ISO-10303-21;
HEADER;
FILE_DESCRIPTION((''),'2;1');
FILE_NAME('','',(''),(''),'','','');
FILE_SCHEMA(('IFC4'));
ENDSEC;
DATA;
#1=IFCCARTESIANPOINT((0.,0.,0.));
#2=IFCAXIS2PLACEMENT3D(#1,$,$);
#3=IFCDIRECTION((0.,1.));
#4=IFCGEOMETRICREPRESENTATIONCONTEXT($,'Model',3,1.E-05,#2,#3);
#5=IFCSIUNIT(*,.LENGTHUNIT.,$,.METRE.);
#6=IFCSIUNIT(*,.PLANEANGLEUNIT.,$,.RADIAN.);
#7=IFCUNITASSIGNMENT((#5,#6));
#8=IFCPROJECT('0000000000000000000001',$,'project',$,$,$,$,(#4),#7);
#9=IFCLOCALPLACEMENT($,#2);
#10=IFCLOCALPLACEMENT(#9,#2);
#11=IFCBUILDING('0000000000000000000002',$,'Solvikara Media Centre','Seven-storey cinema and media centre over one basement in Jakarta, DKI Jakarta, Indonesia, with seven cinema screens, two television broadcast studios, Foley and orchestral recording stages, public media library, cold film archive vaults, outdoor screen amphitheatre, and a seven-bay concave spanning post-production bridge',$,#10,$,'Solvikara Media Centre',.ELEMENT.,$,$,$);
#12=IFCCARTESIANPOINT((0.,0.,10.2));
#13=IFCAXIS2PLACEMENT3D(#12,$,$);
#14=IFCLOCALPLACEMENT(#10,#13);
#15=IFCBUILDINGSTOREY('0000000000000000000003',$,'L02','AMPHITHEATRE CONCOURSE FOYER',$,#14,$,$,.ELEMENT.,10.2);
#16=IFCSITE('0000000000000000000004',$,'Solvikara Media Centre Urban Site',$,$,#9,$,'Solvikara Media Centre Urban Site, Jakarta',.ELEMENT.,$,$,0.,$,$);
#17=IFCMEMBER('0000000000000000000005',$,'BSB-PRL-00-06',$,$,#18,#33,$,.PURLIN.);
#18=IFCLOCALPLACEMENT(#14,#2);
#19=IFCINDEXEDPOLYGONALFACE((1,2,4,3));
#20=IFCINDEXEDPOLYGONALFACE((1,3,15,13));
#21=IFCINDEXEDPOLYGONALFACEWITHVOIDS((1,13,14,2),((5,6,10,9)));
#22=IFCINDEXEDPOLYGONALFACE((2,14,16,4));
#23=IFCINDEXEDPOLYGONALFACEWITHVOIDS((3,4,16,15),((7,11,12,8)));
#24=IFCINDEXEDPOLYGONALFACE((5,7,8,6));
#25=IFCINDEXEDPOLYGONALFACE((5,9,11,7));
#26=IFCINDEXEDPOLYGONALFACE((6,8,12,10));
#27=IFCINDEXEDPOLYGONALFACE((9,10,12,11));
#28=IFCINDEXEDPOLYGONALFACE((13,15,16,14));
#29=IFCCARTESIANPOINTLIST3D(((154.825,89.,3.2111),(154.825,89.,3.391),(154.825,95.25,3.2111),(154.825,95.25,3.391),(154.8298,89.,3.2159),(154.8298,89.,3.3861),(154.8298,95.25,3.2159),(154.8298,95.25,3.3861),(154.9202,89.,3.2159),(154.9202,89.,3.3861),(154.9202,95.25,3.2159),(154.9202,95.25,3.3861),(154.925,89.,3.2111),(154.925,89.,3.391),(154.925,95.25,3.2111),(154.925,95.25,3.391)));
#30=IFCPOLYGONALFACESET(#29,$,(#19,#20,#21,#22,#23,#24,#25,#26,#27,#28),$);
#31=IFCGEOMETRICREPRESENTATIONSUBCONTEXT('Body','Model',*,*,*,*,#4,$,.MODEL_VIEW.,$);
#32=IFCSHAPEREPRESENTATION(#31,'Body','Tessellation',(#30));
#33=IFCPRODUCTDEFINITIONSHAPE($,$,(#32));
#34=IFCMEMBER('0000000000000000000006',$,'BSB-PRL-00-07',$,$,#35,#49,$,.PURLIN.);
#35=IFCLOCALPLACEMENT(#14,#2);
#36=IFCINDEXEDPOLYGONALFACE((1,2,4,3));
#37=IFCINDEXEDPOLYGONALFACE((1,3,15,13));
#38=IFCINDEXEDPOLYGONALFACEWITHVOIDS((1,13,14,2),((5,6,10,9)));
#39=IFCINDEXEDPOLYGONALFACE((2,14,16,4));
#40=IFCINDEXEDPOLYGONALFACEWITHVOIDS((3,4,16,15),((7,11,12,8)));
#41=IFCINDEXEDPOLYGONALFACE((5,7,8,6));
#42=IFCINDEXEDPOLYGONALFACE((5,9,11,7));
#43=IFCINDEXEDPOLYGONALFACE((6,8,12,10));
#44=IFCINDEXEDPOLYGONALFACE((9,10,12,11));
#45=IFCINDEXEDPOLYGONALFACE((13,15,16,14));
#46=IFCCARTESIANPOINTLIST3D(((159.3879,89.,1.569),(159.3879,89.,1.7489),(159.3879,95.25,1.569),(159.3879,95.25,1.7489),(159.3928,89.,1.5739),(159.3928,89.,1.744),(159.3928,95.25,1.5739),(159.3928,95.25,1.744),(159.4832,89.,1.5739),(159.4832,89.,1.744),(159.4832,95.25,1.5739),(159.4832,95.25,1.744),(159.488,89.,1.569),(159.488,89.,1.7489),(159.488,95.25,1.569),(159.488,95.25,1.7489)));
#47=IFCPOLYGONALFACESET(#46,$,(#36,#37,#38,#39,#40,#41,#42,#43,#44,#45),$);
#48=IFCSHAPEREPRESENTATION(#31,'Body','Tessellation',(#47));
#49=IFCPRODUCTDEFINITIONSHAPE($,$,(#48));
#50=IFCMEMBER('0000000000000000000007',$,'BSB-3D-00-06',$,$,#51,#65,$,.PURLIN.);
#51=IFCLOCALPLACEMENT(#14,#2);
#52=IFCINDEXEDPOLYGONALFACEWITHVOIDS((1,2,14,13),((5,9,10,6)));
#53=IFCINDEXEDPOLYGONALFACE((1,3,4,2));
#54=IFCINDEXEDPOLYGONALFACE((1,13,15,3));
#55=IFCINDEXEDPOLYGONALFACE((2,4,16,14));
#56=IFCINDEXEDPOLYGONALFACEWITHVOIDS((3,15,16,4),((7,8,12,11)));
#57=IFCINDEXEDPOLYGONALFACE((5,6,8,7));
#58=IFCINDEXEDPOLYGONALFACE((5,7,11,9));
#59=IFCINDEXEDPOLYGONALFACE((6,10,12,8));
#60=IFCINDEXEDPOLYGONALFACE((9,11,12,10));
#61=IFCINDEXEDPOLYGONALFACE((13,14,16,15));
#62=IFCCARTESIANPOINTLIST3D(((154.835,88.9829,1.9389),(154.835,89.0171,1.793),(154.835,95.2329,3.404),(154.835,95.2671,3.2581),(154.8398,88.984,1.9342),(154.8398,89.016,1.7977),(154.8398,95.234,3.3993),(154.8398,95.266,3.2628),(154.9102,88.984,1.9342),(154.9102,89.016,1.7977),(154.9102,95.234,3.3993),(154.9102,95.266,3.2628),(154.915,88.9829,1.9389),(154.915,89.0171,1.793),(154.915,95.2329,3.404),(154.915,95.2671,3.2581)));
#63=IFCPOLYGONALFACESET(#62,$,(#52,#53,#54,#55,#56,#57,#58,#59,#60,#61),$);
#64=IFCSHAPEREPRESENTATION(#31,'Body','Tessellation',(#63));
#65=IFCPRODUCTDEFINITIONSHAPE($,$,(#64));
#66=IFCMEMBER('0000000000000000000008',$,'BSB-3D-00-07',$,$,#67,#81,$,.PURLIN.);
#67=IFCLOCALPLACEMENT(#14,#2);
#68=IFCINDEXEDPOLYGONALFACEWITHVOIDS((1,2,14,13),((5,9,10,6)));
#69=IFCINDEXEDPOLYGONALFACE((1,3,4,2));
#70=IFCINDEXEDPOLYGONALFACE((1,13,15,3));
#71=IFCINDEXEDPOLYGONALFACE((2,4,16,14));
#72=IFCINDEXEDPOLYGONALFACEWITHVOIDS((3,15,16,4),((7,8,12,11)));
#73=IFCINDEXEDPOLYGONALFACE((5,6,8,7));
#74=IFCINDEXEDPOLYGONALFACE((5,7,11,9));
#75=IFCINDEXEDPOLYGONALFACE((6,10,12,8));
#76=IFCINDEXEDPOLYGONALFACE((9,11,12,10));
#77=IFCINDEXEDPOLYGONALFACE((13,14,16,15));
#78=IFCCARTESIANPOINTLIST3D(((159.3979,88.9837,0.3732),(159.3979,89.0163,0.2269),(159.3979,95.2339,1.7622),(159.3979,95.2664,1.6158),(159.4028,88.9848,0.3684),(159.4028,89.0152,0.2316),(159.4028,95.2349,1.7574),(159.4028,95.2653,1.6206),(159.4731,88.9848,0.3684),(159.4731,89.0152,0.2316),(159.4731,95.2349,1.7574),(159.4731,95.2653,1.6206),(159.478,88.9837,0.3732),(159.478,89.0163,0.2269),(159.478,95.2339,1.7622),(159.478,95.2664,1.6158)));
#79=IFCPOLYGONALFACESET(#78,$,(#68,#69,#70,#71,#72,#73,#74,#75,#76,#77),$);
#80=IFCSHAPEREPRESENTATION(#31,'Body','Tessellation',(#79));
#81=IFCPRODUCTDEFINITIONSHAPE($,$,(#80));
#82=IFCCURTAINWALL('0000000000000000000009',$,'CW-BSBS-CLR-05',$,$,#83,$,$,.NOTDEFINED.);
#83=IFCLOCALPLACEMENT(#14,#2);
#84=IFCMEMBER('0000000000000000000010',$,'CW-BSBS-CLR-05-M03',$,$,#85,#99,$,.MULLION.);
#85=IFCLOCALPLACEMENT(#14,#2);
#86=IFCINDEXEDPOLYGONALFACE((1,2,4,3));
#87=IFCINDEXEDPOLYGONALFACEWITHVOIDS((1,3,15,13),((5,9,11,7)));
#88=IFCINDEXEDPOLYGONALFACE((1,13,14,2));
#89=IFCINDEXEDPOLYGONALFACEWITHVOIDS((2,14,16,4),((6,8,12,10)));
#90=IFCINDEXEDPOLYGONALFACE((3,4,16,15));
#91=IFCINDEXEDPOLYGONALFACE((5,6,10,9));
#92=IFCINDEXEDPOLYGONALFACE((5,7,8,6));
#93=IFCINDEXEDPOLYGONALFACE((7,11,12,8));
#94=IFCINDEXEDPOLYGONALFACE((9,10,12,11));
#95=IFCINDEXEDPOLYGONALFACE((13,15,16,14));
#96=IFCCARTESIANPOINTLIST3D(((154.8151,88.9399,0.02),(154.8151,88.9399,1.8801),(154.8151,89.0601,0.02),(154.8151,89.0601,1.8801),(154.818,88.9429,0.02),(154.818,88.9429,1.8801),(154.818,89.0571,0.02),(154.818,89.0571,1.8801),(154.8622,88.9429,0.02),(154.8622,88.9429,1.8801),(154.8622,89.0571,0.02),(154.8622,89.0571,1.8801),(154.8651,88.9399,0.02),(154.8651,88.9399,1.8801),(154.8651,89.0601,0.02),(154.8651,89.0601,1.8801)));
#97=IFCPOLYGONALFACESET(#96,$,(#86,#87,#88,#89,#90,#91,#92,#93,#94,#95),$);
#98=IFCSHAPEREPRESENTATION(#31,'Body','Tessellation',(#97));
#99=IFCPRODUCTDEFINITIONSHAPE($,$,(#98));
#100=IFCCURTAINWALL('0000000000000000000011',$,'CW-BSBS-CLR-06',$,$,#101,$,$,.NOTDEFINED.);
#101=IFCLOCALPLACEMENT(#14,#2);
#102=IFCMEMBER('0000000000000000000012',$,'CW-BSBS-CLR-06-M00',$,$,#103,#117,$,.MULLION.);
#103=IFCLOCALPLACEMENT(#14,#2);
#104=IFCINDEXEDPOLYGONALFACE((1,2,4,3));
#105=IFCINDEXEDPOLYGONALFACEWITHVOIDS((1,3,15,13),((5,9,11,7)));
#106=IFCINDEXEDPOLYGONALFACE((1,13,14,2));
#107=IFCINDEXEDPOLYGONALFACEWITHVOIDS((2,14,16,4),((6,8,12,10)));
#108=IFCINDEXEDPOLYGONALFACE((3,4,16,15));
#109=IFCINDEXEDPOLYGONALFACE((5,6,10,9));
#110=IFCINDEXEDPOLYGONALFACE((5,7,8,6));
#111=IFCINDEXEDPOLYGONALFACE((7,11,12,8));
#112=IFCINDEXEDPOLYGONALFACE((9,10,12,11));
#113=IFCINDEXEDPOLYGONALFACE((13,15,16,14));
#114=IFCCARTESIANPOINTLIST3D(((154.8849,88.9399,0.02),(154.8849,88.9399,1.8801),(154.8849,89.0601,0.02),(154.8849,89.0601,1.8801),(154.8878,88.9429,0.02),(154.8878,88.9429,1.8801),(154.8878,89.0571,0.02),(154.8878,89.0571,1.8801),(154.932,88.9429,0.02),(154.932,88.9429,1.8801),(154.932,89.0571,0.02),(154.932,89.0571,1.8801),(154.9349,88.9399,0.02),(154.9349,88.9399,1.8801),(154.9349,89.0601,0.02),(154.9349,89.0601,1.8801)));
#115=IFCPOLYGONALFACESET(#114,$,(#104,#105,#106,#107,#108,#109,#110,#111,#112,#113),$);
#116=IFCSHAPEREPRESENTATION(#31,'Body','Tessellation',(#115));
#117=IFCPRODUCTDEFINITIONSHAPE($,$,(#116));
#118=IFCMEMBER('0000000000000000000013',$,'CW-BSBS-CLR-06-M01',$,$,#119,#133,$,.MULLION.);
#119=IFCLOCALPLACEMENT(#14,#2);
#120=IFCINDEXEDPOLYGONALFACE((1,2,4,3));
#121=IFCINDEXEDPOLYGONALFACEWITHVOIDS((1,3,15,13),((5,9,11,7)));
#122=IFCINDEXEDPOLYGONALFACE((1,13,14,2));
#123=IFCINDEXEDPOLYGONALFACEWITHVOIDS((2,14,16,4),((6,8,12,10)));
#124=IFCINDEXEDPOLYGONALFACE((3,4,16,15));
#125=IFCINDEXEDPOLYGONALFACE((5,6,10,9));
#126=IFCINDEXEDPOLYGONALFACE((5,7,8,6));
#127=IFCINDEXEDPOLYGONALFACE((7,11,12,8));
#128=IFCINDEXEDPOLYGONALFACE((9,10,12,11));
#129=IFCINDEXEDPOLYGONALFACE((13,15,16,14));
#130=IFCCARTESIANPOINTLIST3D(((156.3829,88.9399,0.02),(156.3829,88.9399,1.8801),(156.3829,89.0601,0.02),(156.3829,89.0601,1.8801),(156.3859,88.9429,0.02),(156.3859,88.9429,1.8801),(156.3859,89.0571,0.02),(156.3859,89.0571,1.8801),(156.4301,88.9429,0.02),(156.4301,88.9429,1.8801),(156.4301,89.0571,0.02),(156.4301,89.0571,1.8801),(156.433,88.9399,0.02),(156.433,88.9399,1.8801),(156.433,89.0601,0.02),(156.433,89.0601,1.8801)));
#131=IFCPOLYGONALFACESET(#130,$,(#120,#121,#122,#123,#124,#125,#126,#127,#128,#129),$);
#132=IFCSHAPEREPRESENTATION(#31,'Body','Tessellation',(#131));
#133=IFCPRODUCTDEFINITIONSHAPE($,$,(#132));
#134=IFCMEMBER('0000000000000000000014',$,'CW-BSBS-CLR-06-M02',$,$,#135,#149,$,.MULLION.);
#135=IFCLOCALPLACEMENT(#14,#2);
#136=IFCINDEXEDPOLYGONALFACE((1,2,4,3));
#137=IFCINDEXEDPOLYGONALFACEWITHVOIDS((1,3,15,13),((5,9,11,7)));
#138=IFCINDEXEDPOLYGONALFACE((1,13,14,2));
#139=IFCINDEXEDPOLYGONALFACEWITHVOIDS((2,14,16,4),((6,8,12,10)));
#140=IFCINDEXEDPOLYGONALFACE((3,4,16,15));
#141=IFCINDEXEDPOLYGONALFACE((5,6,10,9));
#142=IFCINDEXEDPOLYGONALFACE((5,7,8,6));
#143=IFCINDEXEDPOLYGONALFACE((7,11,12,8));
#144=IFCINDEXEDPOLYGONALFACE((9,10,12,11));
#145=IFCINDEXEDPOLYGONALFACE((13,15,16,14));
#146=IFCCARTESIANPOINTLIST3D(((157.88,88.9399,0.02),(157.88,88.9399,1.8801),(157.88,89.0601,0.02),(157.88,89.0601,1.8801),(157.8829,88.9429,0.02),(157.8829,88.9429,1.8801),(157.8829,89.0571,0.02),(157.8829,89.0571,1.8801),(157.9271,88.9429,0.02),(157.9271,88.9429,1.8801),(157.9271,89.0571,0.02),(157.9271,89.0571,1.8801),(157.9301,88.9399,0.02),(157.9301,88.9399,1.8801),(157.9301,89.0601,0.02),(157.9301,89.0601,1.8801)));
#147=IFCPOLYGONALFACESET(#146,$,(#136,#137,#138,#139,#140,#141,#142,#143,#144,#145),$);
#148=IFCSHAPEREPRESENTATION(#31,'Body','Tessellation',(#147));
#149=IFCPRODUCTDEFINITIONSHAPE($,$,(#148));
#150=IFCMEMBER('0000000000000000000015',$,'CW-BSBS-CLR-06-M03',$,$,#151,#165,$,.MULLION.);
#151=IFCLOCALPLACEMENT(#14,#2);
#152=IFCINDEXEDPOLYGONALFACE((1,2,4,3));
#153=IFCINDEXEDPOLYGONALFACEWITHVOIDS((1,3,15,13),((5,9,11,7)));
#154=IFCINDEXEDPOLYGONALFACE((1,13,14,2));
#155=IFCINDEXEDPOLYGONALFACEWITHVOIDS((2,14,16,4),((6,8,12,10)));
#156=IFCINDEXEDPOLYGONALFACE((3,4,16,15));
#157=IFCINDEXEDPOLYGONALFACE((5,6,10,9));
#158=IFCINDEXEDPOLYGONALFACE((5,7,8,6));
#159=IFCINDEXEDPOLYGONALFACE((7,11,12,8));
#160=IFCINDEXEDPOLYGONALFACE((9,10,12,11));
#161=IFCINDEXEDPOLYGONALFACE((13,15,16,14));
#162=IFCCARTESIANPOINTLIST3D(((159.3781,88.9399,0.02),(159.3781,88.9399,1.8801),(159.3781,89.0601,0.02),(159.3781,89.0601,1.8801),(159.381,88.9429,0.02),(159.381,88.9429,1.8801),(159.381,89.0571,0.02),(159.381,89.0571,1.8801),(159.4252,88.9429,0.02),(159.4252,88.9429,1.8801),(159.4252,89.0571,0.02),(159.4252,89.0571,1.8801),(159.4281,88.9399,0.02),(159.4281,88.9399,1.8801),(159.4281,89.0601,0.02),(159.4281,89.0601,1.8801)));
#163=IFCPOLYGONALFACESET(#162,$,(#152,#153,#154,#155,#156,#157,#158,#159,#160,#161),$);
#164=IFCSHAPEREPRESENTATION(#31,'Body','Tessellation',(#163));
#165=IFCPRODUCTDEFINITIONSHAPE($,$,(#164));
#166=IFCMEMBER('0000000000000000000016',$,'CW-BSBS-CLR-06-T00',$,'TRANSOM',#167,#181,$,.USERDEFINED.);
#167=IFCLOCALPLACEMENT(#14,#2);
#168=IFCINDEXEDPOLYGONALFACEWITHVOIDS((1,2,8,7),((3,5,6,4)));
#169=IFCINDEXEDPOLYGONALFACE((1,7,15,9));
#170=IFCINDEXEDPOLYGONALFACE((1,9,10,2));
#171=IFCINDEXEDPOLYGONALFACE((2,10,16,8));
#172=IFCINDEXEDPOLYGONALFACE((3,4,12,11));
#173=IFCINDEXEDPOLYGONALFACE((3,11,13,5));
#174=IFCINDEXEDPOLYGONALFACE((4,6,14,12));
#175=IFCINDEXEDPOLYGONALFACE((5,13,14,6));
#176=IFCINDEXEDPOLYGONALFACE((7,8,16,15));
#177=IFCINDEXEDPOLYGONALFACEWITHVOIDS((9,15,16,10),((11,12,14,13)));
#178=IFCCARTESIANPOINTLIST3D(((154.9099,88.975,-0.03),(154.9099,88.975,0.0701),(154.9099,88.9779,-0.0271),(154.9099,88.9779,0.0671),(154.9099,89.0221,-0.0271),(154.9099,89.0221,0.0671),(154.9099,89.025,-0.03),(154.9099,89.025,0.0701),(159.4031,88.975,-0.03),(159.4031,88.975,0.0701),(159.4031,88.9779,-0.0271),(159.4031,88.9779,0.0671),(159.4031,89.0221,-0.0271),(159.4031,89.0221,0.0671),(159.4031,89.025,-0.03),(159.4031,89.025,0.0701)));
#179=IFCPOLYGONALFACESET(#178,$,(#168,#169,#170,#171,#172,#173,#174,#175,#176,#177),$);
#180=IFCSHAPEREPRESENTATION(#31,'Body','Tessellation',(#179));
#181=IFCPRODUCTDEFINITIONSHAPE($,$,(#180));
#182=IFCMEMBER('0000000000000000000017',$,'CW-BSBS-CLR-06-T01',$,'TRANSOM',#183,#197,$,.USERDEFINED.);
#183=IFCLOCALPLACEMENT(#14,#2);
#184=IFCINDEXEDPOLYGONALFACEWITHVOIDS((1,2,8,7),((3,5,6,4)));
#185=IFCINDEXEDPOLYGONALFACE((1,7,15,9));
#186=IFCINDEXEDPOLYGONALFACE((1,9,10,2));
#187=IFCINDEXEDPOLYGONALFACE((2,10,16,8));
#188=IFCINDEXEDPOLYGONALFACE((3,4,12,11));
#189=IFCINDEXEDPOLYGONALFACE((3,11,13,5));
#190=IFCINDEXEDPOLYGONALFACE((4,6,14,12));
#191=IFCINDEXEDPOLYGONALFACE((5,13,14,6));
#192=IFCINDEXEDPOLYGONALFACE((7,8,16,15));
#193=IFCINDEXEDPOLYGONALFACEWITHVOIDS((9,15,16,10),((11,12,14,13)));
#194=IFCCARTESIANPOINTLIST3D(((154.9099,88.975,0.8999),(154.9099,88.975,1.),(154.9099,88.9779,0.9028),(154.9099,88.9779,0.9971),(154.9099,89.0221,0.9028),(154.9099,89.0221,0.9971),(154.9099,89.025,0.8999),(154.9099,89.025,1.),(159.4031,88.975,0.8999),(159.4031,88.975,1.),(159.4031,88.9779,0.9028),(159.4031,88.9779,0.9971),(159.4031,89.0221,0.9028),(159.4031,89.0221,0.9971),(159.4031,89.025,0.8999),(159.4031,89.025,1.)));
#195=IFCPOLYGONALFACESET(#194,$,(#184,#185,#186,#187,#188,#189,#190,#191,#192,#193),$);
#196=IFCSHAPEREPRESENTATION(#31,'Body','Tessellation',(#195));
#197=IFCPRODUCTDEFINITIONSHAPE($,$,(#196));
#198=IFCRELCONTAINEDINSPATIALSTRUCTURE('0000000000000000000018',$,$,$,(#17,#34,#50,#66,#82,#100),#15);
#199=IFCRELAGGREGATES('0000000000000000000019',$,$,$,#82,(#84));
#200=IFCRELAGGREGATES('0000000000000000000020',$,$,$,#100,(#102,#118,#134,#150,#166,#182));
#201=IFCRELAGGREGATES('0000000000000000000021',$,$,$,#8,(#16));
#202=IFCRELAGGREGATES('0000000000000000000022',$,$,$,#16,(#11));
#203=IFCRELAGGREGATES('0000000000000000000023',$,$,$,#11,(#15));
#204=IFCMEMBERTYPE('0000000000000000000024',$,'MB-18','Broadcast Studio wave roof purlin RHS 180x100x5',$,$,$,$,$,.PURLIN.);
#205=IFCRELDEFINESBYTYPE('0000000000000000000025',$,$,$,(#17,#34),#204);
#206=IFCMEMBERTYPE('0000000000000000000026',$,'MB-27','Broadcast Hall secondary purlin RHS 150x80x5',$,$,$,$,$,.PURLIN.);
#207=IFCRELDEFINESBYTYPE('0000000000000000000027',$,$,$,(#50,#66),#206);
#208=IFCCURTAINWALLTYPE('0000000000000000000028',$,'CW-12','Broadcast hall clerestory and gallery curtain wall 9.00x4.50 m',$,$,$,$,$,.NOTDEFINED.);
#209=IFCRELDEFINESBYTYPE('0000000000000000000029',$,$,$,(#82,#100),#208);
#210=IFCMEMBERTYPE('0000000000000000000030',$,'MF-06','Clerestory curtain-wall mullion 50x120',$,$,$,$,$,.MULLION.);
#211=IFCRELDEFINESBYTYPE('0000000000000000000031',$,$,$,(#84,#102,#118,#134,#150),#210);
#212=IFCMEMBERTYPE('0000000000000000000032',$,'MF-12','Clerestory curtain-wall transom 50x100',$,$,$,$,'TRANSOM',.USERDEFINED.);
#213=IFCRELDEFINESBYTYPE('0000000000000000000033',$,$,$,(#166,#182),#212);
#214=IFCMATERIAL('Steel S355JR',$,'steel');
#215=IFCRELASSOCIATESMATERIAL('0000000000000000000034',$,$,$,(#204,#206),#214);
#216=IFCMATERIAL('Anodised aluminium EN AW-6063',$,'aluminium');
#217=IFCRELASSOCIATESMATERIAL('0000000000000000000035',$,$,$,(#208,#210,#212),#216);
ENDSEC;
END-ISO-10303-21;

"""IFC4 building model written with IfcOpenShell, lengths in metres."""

from ifc_helpers import new_model, si_unit, direction, frame, origin, origin_2d, place, context, subcontext, project, spatial, hollow_rectangle, extrude, material, material_profile, profile_set, type_object, element, aggregate, save


model = new_model("IFC4")

# Units and contexts
model_context = context("Model", 3, precision=1e-05, world=origin(), true_north=direction((0.0, 1.0)))
body_context = subcontext(model_context, "Body", "Model", "MODEL_VIEW")
ifc_project = project(units=[si_unit("LENGTHUNIT", "METRE"), si_unit("PLANEANGLEUNIT", "RADIAN")], contexts=[model_context])

# Site, building, storey
site_placement = place(None, origin())
site = spatial("IfcSite", under=ifc_project, at=site_placement, Name="Solvikara Media Centre Urban Site", LongName="Solvikara Media Centre Urban Site, Jakarta", CompositionType="ELEMENT", RefElevation=0.0)
building_placement = place(site_placement, origin())
building = spatial("IfcBuilding", under=site, at=building_placement, Name="Solvikara Media Centre", Description="Seven-storey cinema and media centre over one basement in Jakarta, DKI Jakarta, Indonesia, with seven cinema screens, two television broadcast studios, Foley and orchestral recording stages, public media library, cold film archive vaults, outdoor screen amphitheatre, and a seven-bay concave spanning post-production bridge", LongName="Solvikara Media Centre", CompositionType="ELEMENT")
storey_placement = place(building_placement, frame((0.0, 0.0, 10.2)))
storey = spatial("IfcBuildingStorey", under=building, at=storey_placement, Name="L02", Description="AMPHITHEATRE CONCOURSE FOYER", CompositionType="ELEMENT", Elevation=10.2)

# Shared definitions
ifc_material_1 = material(Name="Steel S355JR", Category="steel")

# Members
ifc_material_profile_1 = material_profile(ifc_material_1, hollow_rectangle(XDim=0.1001, YDim=0.1799, WallThickness=0.0049, at=origin_2d()), Name="RHS 180x100x5")
ifc_profile_set_1 = profile_set([ifc_material_profile_1], Name="Steel S355JR")
member_type_1 = type_object("IfcMemberType", Name="MB-18", Description="Broadcast Studio wave roof purlin RHS 180x100x5", PredefinedType="PURLIN", material=ifc_profile_set_1)
for number, where, z_axis, x_axis, name in (
    (1, (154.875, 89.0, 3.301), (0.0, 1.0, 0.0), (-1.0, 0.0, 0.0), "BSB-PRL-00-06"),
    (2, (159.438, 89.0, 1.6589), (0.0, 1.0, 0.0), (-1.0, 0.0, 0.0), "BSB-PRL-00-07"),
):
    element("IfcMember", number, at=place(storey_placement, frame(where, z_axis=z_axis, x_axis=x_axis)), inside=storey, type_object=member_type_1, Name=name, PredefinedType="PURLIN", context=body_context, shape_type="SweptSolid", body=[
        extrude(hollow_rectangle(XDim=0.1001, YDim=0.1799, WallThickness=0.0049, at=origin_2d()), origin(), (0.0, 0.0, 1.0), 6.25),
    ])
ifc_material_profile_2 = material_profile(ifc_material_1, hollow_rectangle(XDim=0.0801, YDim=0.1499, WallThickness=0.0049, at=origin_2d()), Name="RHS 150x80x5")
ifc_profile_set_2 = profile_set([ifc_material_profile_2], Name="Steel S355JR")
member_type_2 = type_object("IfcMemberType", Name="MB-27", Description="Broadcast Hall secondary purlin RHS 150x80x5", PredefinedType="PURLIN", material=ifc_profile_set_2)
member_1_placement = place(storey_placement, frame((154.875, 89.0, 1.866), z_axis=(0.0, 0.973608, 0.228227), x_axis=(-1.0, 0.0, 0.0)))
element("IfcMember", 3, at=member_1_placement, inside=storey, type_object=member_type_2, Name="BSB-3D-00-06", PredefinedType="PURLIN", context=body_context, shape_type="SweptSolid", body=[
    extrude(hollow_rectangle(XDim=0.0801, YDim=0.1499, WallThickness=0.0049, at=origin_2d()), origin(), (0.0, 0.0, 1.0), 6.4194),
])
member_2_placement = place(storey_placement, frame((159.438, 89.0, 0.3), z_axis=(0.0, 0.976186, 0.216934), x_axis=(-1.0, 0.0, 0.0)))
element("IfcMember", 4, at=member_2_placement, inside=storey, type_object=member_type_2, Name="BSB-3D-00-07", PredefinedType="PURLIN", context=body_context, shape_type="SweptSolid", body=[
    extrude(hollow_rectangle(XDim=0.0801, YDim=0.1499, WallThickness=0.0049, at=origin_2d()), origin(), (0.0, 0.0, 1.0), 6.4026),
])

# Curtain wall, member
ifc_material_2 = material(Name="Anodised aluminium EN AW-6063", Category="aluminium")
curtain_wall_type = type_object("IfcCurtainWallType", Name="CW-12", Description="Broadcast hall clerestory and gallery curtain wall 9.00x4.50 m", PredefinedType="NOTDEFINED", material=ifc_material_2)
curtain_wall_1_placement = place(storey_placement, origin())
curtain_wall_1 = element("IfcCurtainWall", 5, at=curtain_wall_1_placement, inside=storey, type_object=curtain_wall_type, Name="CW-BSBS-CLR-05", PredefinedType="NOTDEFINED")
ifc_material_profile_3 = material_profile(ifc_material_2, hollow_rectangle(XDim=0.05, YDim=0.1201, WallThickness=0.0029, at=origin_2d()), Name="ALU-M 50x120x3")
ifc_profile_set_3 = profile_set([ifc_material_profile_3], Name="Anodised aluminium EN AW-6063")
member_type_3 = type_object("IfcMemberType", Name="MF-06", Description="Clerestory curtain-wall mullion 50x120", PredefinedType="MULLION", material=ifc_profile_set_3)
member_3_placement = place(storey_placement, frame((154.8401, 89.0, 0.02), z_axis=(0.0, 0.0, 1.0), x_axis=(1.0, 0.0, 0.0)))
member_3 = element("IfcMember", 6, at=member_3_placement, type_object=member_type_3, Name="CW-BSBS-CLR-05-M03", PredefinedType="MULLION", context=body_context, shape_type="SweptSolid", body=[
    extrude(hollow_rectangle(XDim=0.05, YDim=0.1201, WallThickness=0.0029, at=origin_2d()), origin(), (0.0, 0.0, 1.0), 1.8601),
])
aggregate(curtain_wall_1, [member_3])

# Curtain wall, members
curtain_wall_2_placement = place(storey_placement, origin())
curtain_wall_2 = element("IfcCurtainWall", 7, at=curtain_wall_2_placement, inside=storey, type_object=curtain_wall_type, Name="CW-BSBS-CLR-06", PredefinedType="NOTDEFINED")
member_4_placement = place(storey_placement, frame((154.9099, 89.0, 0.02), z_axis=(0.0, 0.0, 1.0), x_axis=(1.0, 0.0, 0.0)))
member_4 = element("IfcMember", 8, at=member_4_placement, type_object=member_type_3, Name="CW-BSBS-CLR-06-M00", PredefinedType="MULLION", context=body_context, shape_type="SweptSolid", body=[
    extrude(hollow_rectangle(XDim=0.05, YDim=0.1201, WallThickness=0.0029, at=origin_2d()), origin(), (0.0, 0.0, 1.0), 1.8601),
])
member_5_placement = place(storey_placement, frame((156.408, 89.0, 0.02), z_axis=(0.0, 0.0, 1.0), x_axis=(1.0, 0.0, 0.0)))
member_5 = element("IfcMember", 9, at=member_5_placement, type_object=member_type_3, Name="CW-BSBS-CLR-06-M01", PredefinedType="MULLION", context=body_context, shape_type="SweptSolid", body=[
    extrude(hollow_rectangle(XDim=0.05, YDim=0.1201, WallThickness=0.0029, at=origin_2d()), origin(), (0.0, 0.0, 1.0), 1.8601),
])
member_6_placement = place(storey_placement, frame((157.905, 89.0, 0.02), z_axis=(0.0, 0.0, 1.0), x_axis=(1.0, 0.0, 0.0)))
member_6 = element("IfcMember", 10, at=member_6_placement, type_object=member_type_3, Name="CW-BSBS-CLR-06-M02", PredefinedType="MULLION", context=body_context, shape_type="SweptSolid", body=[
    extrude(hollow_rectangle(XDim=0.05, YDim=0.1201, WallThickness=0.0029, at=origin_2d()), origin(), (0.0, 0.0, 1.0), 1.8601),
])
member_7_placement = place(storey_placement, frame((159.4031, 89.0, 0.02), z_axis=(0.0, 0.0, 1.0), x_axis=(1.0, 0.0, 0.0)))
member_7 = element("IfcMember", 11, at=member_7_placement, type_object=member_type_3, Name="CW-BSBS-CLR-06-M03", PredefinedType="MULLION", context=body_context, shape_type="SweptSolid", body=[
    extrude(hollow_rectangle(XDim=0.05, YDim=0.1201, WallThickness=0.0029, at=origin_2d()), origin(), (0.0, 0.0, 1.0), 1.8601),
])
ifc_material_profile_4 = material_profile(ifc_material_2, hollow_rectangle(XDim=0.05, YDim=0.1001, WallThickness=0.0029, at=origin_2d()), Name="ALU-T 50x100x3")
ifc_profile_set_4 = profile_set([ifc_material_profile_4], Name="Anodised aluminium EN AW-6063")
member_type_4 = type_object("IfcMemberType", Name="MF-12", Description="Clerestory curtain-wall transom 50x100", ElementType="TRANSOM", PredefinedType="USERDEFINED", material=ifc_profile_set_4)
member_8_placement = place(storey_placement, frame((154.9099, 89.0, 0.02), z_axis=(1.0, 0.0, 0.0), x_axis=(0.0, 1.0, 0.0)))
member_8 = element("IfcMember", 12, at=member_8_placement, type_object=member_type_4, Name="CW-BSBS-CLR-06-T00", ObjectType="TRANSOM", PredefinedType="USERDEFINED", context=body_context, shape_type="SweptSolid", body=[
    extrude(hollow_rectangle(XDim=0.05, YDim=0.1001, WallThickness=0.0029, at=origin_2d()), origin(), (0.0, 0.0, 1.0), 4.4932),
])
member_9_placement = place(storey_placement, frame((154.9099, 89.0, 0.95), z_axis=(1.0, 0.0, 0.0), x_axis=(0.0, 1.0, 0.0)))
member_9 = element("IfcMember", 13, at=member_9_placement, type_object=member_type_4, Name="CW-BSBS-CLR-06-T01", ObjectType="TRANSOM", PredefinedType="USERDEFINED", context=body_context, shape_type="SweptSolid", body=[
    extrude(hollow_rectangle(XDim=0.05, YDim=0.1001, WallThickness=0.0029, at=origin_2d()), origin(), (0.0, 0.0, 1.0), 4.4932),
])

aggregate(curtain_wall_2, [member_4, member_5, member_6, member_7, member_8, member_9])

save(model, "model.ifc")
